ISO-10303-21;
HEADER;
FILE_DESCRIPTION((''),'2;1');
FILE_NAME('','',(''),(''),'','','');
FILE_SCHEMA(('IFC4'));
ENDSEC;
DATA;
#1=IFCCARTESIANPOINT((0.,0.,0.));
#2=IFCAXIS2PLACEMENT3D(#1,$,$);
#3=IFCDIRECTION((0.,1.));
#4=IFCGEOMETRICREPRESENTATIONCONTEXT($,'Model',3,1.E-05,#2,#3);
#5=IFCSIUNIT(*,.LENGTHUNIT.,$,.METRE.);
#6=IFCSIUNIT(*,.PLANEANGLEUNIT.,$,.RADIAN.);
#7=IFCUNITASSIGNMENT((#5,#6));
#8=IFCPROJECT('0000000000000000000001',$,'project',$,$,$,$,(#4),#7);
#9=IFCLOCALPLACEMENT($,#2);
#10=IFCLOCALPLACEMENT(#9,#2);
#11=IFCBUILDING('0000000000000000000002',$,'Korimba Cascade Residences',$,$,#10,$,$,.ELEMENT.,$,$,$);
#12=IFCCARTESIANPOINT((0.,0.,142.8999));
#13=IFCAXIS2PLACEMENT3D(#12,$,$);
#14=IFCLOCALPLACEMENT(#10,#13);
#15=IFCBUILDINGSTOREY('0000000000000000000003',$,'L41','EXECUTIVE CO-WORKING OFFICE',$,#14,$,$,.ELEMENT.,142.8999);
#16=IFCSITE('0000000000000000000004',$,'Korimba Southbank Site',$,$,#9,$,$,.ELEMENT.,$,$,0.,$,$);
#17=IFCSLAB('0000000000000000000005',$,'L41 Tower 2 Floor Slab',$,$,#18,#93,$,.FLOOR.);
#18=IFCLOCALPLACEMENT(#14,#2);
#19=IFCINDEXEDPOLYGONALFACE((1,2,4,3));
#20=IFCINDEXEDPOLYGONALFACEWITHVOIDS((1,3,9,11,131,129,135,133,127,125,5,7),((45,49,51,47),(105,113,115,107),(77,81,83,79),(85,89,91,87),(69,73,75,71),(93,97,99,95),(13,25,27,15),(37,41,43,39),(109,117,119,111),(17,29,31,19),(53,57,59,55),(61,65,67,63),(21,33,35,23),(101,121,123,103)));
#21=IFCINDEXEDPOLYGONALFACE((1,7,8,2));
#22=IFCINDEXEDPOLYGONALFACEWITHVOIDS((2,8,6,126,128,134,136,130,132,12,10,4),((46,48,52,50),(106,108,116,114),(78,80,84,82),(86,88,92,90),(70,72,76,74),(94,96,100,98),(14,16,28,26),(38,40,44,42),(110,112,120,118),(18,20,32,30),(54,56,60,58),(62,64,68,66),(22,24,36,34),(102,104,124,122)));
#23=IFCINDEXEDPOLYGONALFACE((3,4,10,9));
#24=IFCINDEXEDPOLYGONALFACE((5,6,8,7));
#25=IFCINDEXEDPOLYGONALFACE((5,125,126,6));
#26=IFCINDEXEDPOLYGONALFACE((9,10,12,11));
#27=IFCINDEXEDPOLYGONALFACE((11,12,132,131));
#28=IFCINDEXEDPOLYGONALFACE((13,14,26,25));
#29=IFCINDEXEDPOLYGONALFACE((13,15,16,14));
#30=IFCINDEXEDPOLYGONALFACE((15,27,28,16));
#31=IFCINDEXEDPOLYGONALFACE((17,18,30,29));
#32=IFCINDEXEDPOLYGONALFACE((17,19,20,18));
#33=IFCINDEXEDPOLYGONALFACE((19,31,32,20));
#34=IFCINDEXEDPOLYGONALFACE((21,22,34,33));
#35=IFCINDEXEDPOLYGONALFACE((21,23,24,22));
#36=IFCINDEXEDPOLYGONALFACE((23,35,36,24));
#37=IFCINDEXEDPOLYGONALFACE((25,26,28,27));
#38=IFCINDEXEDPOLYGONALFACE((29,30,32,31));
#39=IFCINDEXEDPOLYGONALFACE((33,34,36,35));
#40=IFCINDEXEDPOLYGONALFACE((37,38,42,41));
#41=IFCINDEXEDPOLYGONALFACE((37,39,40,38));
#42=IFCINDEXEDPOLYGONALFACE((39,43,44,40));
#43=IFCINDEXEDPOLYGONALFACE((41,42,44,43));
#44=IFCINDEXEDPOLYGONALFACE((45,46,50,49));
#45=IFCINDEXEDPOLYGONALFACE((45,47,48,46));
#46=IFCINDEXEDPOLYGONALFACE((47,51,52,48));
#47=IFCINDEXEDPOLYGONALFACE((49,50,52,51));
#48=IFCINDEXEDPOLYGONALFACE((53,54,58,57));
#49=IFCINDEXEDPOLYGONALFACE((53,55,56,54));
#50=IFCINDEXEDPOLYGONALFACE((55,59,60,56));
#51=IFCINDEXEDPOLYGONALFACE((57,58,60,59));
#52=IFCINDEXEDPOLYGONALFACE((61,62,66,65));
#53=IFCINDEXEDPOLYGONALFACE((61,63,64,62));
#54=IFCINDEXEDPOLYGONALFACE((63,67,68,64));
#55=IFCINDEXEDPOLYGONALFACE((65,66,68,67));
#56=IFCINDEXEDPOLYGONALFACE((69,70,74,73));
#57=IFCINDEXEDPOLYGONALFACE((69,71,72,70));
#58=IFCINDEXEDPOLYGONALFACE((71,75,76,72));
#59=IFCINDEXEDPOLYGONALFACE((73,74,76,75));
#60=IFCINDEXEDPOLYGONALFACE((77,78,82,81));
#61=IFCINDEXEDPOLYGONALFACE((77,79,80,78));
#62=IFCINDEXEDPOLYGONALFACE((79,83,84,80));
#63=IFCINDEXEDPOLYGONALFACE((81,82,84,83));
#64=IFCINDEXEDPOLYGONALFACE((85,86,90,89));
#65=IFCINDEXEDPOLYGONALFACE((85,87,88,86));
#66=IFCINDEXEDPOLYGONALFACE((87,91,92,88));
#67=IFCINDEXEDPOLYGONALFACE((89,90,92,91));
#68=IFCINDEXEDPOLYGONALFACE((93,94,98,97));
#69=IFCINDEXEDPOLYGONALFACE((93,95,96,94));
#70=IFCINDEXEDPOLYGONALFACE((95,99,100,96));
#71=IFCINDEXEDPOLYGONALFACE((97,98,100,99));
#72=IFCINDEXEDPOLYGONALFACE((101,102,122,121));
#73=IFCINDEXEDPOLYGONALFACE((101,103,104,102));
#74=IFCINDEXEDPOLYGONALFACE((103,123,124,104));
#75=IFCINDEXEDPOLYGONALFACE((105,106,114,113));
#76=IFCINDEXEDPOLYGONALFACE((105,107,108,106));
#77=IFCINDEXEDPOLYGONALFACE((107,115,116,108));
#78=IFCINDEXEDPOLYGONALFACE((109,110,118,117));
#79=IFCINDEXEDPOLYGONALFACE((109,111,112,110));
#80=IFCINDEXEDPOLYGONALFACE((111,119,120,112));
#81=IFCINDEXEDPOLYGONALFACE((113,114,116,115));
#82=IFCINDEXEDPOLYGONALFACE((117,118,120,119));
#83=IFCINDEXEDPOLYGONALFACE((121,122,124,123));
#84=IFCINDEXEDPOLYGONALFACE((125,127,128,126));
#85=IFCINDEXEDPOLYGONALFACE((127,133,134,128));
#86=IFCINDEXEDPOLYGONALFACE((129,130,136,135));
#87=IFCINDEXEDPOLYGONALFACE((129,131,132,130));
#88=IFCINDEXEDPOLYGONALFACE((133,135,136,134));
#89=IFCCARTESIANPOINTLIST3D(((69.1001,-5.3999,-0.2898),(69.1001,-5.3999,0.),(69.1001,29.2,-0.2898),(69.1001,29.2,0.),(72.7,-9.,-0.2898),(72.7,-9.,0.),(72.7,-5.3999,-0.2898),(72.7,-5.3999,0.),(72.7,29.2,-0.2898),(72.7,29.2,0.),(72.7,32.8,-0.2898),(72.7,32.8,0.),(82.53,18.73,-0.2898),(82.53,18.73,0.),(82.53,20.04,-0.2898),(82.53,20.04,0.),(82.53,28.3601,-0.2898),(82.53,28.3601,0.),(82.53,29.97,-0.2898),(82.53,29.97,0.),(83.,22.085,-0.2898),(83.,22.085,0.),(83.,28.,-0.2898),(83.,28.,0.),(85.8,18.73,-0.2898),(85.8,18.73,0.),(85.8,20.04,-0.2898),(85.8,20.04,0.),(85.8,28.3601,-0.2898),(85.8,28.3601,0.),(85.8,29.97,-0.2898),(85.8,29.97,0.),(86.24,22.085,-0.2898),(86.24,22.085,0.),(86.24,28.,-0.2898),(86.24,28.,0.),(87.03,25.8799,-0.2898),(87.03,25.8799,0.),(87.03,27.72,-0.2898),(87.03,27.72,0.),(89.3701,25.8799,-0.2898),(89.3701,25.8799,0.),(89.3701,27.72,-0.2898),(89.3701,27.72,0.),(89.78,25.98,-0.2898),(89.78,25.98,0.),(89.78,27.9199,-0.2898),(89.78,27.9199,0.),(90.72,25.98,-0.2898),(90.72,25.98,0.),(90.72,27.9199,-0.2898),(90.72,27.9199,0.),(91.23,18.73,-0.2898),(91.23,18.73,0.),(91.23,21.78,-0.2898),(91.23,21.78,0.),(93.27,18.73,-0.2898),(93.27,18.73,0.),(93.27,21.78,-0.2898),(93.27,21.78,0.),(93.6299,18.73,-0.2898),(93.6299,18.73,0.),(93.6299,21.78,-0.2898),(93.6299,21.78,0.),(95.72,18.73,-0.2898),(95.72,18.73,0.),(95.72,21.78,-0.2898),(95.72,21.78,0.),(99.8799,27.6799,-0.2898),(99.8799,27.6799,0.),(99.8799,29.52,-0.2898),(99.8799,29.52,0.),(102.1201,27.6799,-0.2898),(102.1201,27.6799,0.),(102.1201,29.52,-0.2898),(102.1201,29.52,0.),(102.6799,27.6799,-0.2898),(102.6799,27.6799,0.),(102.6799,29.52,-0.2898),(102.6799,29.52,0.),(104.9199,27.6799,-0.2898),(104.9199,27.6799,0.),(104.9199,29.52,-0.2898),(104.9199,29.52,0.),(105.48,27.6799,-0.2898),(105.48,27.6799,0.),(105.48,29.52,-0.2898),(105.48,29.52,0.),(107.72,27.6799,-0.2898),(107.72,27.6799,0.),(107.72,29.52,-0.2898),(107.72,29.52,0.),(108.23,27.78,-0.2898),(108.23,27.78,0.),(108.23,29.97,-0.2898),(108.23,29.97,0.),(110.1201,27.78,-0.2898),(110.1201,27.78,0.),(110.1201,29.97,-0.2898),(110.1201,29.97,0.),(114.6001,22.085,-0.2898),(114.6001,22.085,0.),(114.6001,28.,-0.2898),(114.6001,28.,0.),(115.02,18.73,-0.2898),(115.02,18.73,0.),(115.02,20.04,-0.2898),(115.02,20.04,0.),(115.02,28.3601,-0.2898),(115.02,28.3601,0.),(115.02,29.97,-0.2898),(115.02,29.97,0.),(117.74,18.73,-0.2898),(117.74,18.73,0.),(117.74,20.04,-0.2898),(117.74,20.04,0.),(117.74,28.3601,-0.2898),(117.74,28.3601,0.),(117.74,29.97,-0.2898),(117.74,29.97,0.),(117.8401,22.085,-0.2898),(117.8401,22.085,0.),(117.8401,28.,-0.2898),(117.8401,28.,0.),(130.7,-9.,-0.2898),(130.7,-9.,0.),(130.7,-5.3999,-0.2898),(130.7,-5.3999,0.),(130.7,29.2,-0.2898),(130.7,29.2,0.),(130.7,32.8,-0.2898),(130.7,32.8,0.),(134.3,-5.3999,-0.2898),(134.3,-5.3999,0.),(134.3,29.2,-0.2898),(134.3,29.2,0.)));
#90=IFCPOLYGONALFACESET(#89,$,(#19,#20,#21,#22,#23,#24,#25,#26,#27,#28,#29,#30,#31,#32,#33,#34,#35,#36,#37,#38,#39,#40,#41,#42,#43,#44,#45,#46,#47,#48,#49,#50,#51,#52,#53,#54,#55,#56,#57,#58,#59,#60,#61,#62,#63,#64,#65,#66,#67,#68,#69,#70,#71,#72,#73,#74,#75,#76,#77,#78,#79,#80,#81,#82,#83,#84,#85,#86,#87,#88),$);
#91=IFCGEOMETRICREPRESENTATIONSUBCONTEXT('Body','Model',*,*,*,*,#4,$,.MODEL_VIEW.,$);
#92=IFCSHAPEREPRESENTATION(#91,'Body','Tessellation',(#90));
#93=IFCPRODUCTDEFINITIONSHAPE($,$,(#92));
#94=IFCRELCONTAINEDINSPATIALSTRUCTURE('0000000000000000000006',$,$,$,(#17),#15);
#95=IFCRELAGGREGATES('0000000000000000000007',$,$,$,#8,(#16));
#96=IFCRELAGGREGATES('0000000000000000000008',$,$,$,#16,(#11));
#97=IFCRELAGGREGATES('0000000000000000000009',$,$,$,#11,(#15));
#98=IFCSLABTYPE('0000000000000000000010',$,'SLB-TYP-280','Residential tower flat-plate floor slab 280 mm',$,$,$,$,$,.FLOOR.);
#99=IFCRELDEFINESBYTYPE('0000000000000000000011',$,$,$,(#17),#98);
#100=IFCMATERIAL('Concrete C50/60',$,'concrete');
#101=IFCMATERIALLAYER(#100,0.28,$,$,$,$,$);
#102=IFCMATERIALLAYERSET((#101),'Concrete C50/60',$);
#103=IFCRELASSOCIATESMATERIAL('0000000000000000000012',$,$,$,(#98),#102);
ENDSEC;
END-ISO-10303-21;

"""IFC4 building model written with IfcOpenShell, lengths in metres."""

from ifc_helpers import new_model, si_unit, direction, frame, origin, place, context, subcontext, project, spatial, polyline, outline, extrude, material, layer, layer_set, type_object, element, save


model = new_model("IFC4")

# Units and contexts
model_context = context("Model", 3, precision=1e-05, world=origin(), true_north=direction((0.0, 1.0)))
body_context = subcontext(model_context, "Body", "Model", "MODEL_VIEW")
ifc_project = project(units=[si_unit("LENGTHUNIT", "METRE"), si_unit("PLANEANGLEUNIT", "RADIAN")], contexts=[model_context])

# Site, building, storey
site_placement = place(None, origin())
site = spatial("IfcSite", under=ifc_project, at=site_placement, Name="Korimba Southbank Site", CompositionType="ELEMENT", RefElevation=0.0)
building_placement = place(site_placement, origin())
building = spatial("IfcBuilding", under=site, at=building_placement, Name="Korimba Cascade Residences", CompositionType="ELEMENT")
storey_placement = place(building_placement, frame((0.0, 0.0, 142.8999)))
storey = spatial("IfcBuildingStorey", under=building, at=storey_placement, Name="L41", Description="EXECUTIVE CO-WORKING OFFICE", CompositionType="ELEMENT", Elevation=142.8999)

# Shared definitions
ifc_material_1 = material(Name="Concrete C50/60", Category="concrete")

# Slab
ifc_layer_1 = layer(ifc_material_1, 0.28)
ifc_layer_set_1 = layer_set([ifc_layer_1], Name="Concrete C50/60")
slab_type_1 = type_object("IfcSlabType", Name="SLB-TYP-280", Description="Residential tower flat-plate floor slab 280 mm", PredefinedType="FLOOR", material=ifc_layer_set_1)
slab_1_placement = place(storey_placement, frame((0.0, 0.0, -0.2898)))
element("IfcSlab", 1, at=slab_1_placement, inside=storey, type_object=slab_type_1, Name="L41 Tower 2 Floor Slab", PredefinedType="FLOOR", context=body_context, shape_type="SweptSolid", body=[
    extrude(outline(polyline([(72.7, -9.0), (130.7, -9.0), (130.7, -5.3999), (134.3, -5.3999), (134.3, 29.2), (130.7, 29.2), (130.7, 32.8), (72.7, 32.8), (72.7, 29.2), (69.1001, 29.2), (69.1001, -5.3999), (72.7, -5.3999), (72.7, -9.0)]), holes=[polyline([(86.24, 22.085), (86.24, 28.0), (83.0, 28.0), (83.0, 22.085), (86.24, 22.085)]), polyline([(117.8401, 22.085), (117.8401, 28.0), (114.6001, 28.0), (114.6001, 22.085), (117.8401, 22.085)]), polyline([(87.03, 25.8799), (89.3701, 25.8799), (89.3701, 27.72), (87.03, 27.72), (87.03, 25.8799)]), polyline([(99.8799, 27.6799), (102.1201, 27.6799), (102.1201, 29.52), (99.8799, 29.52), (99.8799, 27.6799)]), polyline([(102.6799, 27.6799), (104.9199, 27.6799), (104.9199, 29.52), (102.6799, 29.52), (102.6799, 27.6799)]), polyline([(105.48, 27.6799), (107.72, 27.6799), (107.72, 29.52), (105.48, 29.52), (105.48, 27.6799)]), polyline([(89.78, 25.98), (90.72, 25.98), (90.72, 27.9199), (89.78, 27.9199), (89.78, 25.98)]), polyline([(82.53, 18.73), (85.8, 18.73), (85.8, 20.04), (82.53, 20.04), (82.53, 18.73)]), polyline([(82.53, 28.3601), (85.8, 28.3601), (85.8, 29.97), (82.53, 29.97), (82.53, 28.3601)]), polyline([(108.23, 27.78), (110.1201, 27.78), (110.1201, 29.97), (108.23, 29.97), (108.23, 27.78)]), polyline([(91.23, 18.73), (93.27, 18.73), (93.27, 21.78), (91.23, 21.78), (91.23, 18.73)]), polyline([(93.6299, 18.73), (95.72, 18.73), (95.72, 21.78), (93.6299, 21.78), (93.6299, 18.73)]), polyline([(115.02, 18.73), (117.74, 18.73), (117.74, 20.04), (115.02, 20.04), (115.02, 18.73)]), polyline([(115.02, 28.3601), (117.74, 28.3601), (117.74, 29.97), (115.02, 29.97), (115.02, 28.3601)])]), origin(), (0.0, 0.0, 1.0), 0.2898),
])

save(model, "model.ifc")
